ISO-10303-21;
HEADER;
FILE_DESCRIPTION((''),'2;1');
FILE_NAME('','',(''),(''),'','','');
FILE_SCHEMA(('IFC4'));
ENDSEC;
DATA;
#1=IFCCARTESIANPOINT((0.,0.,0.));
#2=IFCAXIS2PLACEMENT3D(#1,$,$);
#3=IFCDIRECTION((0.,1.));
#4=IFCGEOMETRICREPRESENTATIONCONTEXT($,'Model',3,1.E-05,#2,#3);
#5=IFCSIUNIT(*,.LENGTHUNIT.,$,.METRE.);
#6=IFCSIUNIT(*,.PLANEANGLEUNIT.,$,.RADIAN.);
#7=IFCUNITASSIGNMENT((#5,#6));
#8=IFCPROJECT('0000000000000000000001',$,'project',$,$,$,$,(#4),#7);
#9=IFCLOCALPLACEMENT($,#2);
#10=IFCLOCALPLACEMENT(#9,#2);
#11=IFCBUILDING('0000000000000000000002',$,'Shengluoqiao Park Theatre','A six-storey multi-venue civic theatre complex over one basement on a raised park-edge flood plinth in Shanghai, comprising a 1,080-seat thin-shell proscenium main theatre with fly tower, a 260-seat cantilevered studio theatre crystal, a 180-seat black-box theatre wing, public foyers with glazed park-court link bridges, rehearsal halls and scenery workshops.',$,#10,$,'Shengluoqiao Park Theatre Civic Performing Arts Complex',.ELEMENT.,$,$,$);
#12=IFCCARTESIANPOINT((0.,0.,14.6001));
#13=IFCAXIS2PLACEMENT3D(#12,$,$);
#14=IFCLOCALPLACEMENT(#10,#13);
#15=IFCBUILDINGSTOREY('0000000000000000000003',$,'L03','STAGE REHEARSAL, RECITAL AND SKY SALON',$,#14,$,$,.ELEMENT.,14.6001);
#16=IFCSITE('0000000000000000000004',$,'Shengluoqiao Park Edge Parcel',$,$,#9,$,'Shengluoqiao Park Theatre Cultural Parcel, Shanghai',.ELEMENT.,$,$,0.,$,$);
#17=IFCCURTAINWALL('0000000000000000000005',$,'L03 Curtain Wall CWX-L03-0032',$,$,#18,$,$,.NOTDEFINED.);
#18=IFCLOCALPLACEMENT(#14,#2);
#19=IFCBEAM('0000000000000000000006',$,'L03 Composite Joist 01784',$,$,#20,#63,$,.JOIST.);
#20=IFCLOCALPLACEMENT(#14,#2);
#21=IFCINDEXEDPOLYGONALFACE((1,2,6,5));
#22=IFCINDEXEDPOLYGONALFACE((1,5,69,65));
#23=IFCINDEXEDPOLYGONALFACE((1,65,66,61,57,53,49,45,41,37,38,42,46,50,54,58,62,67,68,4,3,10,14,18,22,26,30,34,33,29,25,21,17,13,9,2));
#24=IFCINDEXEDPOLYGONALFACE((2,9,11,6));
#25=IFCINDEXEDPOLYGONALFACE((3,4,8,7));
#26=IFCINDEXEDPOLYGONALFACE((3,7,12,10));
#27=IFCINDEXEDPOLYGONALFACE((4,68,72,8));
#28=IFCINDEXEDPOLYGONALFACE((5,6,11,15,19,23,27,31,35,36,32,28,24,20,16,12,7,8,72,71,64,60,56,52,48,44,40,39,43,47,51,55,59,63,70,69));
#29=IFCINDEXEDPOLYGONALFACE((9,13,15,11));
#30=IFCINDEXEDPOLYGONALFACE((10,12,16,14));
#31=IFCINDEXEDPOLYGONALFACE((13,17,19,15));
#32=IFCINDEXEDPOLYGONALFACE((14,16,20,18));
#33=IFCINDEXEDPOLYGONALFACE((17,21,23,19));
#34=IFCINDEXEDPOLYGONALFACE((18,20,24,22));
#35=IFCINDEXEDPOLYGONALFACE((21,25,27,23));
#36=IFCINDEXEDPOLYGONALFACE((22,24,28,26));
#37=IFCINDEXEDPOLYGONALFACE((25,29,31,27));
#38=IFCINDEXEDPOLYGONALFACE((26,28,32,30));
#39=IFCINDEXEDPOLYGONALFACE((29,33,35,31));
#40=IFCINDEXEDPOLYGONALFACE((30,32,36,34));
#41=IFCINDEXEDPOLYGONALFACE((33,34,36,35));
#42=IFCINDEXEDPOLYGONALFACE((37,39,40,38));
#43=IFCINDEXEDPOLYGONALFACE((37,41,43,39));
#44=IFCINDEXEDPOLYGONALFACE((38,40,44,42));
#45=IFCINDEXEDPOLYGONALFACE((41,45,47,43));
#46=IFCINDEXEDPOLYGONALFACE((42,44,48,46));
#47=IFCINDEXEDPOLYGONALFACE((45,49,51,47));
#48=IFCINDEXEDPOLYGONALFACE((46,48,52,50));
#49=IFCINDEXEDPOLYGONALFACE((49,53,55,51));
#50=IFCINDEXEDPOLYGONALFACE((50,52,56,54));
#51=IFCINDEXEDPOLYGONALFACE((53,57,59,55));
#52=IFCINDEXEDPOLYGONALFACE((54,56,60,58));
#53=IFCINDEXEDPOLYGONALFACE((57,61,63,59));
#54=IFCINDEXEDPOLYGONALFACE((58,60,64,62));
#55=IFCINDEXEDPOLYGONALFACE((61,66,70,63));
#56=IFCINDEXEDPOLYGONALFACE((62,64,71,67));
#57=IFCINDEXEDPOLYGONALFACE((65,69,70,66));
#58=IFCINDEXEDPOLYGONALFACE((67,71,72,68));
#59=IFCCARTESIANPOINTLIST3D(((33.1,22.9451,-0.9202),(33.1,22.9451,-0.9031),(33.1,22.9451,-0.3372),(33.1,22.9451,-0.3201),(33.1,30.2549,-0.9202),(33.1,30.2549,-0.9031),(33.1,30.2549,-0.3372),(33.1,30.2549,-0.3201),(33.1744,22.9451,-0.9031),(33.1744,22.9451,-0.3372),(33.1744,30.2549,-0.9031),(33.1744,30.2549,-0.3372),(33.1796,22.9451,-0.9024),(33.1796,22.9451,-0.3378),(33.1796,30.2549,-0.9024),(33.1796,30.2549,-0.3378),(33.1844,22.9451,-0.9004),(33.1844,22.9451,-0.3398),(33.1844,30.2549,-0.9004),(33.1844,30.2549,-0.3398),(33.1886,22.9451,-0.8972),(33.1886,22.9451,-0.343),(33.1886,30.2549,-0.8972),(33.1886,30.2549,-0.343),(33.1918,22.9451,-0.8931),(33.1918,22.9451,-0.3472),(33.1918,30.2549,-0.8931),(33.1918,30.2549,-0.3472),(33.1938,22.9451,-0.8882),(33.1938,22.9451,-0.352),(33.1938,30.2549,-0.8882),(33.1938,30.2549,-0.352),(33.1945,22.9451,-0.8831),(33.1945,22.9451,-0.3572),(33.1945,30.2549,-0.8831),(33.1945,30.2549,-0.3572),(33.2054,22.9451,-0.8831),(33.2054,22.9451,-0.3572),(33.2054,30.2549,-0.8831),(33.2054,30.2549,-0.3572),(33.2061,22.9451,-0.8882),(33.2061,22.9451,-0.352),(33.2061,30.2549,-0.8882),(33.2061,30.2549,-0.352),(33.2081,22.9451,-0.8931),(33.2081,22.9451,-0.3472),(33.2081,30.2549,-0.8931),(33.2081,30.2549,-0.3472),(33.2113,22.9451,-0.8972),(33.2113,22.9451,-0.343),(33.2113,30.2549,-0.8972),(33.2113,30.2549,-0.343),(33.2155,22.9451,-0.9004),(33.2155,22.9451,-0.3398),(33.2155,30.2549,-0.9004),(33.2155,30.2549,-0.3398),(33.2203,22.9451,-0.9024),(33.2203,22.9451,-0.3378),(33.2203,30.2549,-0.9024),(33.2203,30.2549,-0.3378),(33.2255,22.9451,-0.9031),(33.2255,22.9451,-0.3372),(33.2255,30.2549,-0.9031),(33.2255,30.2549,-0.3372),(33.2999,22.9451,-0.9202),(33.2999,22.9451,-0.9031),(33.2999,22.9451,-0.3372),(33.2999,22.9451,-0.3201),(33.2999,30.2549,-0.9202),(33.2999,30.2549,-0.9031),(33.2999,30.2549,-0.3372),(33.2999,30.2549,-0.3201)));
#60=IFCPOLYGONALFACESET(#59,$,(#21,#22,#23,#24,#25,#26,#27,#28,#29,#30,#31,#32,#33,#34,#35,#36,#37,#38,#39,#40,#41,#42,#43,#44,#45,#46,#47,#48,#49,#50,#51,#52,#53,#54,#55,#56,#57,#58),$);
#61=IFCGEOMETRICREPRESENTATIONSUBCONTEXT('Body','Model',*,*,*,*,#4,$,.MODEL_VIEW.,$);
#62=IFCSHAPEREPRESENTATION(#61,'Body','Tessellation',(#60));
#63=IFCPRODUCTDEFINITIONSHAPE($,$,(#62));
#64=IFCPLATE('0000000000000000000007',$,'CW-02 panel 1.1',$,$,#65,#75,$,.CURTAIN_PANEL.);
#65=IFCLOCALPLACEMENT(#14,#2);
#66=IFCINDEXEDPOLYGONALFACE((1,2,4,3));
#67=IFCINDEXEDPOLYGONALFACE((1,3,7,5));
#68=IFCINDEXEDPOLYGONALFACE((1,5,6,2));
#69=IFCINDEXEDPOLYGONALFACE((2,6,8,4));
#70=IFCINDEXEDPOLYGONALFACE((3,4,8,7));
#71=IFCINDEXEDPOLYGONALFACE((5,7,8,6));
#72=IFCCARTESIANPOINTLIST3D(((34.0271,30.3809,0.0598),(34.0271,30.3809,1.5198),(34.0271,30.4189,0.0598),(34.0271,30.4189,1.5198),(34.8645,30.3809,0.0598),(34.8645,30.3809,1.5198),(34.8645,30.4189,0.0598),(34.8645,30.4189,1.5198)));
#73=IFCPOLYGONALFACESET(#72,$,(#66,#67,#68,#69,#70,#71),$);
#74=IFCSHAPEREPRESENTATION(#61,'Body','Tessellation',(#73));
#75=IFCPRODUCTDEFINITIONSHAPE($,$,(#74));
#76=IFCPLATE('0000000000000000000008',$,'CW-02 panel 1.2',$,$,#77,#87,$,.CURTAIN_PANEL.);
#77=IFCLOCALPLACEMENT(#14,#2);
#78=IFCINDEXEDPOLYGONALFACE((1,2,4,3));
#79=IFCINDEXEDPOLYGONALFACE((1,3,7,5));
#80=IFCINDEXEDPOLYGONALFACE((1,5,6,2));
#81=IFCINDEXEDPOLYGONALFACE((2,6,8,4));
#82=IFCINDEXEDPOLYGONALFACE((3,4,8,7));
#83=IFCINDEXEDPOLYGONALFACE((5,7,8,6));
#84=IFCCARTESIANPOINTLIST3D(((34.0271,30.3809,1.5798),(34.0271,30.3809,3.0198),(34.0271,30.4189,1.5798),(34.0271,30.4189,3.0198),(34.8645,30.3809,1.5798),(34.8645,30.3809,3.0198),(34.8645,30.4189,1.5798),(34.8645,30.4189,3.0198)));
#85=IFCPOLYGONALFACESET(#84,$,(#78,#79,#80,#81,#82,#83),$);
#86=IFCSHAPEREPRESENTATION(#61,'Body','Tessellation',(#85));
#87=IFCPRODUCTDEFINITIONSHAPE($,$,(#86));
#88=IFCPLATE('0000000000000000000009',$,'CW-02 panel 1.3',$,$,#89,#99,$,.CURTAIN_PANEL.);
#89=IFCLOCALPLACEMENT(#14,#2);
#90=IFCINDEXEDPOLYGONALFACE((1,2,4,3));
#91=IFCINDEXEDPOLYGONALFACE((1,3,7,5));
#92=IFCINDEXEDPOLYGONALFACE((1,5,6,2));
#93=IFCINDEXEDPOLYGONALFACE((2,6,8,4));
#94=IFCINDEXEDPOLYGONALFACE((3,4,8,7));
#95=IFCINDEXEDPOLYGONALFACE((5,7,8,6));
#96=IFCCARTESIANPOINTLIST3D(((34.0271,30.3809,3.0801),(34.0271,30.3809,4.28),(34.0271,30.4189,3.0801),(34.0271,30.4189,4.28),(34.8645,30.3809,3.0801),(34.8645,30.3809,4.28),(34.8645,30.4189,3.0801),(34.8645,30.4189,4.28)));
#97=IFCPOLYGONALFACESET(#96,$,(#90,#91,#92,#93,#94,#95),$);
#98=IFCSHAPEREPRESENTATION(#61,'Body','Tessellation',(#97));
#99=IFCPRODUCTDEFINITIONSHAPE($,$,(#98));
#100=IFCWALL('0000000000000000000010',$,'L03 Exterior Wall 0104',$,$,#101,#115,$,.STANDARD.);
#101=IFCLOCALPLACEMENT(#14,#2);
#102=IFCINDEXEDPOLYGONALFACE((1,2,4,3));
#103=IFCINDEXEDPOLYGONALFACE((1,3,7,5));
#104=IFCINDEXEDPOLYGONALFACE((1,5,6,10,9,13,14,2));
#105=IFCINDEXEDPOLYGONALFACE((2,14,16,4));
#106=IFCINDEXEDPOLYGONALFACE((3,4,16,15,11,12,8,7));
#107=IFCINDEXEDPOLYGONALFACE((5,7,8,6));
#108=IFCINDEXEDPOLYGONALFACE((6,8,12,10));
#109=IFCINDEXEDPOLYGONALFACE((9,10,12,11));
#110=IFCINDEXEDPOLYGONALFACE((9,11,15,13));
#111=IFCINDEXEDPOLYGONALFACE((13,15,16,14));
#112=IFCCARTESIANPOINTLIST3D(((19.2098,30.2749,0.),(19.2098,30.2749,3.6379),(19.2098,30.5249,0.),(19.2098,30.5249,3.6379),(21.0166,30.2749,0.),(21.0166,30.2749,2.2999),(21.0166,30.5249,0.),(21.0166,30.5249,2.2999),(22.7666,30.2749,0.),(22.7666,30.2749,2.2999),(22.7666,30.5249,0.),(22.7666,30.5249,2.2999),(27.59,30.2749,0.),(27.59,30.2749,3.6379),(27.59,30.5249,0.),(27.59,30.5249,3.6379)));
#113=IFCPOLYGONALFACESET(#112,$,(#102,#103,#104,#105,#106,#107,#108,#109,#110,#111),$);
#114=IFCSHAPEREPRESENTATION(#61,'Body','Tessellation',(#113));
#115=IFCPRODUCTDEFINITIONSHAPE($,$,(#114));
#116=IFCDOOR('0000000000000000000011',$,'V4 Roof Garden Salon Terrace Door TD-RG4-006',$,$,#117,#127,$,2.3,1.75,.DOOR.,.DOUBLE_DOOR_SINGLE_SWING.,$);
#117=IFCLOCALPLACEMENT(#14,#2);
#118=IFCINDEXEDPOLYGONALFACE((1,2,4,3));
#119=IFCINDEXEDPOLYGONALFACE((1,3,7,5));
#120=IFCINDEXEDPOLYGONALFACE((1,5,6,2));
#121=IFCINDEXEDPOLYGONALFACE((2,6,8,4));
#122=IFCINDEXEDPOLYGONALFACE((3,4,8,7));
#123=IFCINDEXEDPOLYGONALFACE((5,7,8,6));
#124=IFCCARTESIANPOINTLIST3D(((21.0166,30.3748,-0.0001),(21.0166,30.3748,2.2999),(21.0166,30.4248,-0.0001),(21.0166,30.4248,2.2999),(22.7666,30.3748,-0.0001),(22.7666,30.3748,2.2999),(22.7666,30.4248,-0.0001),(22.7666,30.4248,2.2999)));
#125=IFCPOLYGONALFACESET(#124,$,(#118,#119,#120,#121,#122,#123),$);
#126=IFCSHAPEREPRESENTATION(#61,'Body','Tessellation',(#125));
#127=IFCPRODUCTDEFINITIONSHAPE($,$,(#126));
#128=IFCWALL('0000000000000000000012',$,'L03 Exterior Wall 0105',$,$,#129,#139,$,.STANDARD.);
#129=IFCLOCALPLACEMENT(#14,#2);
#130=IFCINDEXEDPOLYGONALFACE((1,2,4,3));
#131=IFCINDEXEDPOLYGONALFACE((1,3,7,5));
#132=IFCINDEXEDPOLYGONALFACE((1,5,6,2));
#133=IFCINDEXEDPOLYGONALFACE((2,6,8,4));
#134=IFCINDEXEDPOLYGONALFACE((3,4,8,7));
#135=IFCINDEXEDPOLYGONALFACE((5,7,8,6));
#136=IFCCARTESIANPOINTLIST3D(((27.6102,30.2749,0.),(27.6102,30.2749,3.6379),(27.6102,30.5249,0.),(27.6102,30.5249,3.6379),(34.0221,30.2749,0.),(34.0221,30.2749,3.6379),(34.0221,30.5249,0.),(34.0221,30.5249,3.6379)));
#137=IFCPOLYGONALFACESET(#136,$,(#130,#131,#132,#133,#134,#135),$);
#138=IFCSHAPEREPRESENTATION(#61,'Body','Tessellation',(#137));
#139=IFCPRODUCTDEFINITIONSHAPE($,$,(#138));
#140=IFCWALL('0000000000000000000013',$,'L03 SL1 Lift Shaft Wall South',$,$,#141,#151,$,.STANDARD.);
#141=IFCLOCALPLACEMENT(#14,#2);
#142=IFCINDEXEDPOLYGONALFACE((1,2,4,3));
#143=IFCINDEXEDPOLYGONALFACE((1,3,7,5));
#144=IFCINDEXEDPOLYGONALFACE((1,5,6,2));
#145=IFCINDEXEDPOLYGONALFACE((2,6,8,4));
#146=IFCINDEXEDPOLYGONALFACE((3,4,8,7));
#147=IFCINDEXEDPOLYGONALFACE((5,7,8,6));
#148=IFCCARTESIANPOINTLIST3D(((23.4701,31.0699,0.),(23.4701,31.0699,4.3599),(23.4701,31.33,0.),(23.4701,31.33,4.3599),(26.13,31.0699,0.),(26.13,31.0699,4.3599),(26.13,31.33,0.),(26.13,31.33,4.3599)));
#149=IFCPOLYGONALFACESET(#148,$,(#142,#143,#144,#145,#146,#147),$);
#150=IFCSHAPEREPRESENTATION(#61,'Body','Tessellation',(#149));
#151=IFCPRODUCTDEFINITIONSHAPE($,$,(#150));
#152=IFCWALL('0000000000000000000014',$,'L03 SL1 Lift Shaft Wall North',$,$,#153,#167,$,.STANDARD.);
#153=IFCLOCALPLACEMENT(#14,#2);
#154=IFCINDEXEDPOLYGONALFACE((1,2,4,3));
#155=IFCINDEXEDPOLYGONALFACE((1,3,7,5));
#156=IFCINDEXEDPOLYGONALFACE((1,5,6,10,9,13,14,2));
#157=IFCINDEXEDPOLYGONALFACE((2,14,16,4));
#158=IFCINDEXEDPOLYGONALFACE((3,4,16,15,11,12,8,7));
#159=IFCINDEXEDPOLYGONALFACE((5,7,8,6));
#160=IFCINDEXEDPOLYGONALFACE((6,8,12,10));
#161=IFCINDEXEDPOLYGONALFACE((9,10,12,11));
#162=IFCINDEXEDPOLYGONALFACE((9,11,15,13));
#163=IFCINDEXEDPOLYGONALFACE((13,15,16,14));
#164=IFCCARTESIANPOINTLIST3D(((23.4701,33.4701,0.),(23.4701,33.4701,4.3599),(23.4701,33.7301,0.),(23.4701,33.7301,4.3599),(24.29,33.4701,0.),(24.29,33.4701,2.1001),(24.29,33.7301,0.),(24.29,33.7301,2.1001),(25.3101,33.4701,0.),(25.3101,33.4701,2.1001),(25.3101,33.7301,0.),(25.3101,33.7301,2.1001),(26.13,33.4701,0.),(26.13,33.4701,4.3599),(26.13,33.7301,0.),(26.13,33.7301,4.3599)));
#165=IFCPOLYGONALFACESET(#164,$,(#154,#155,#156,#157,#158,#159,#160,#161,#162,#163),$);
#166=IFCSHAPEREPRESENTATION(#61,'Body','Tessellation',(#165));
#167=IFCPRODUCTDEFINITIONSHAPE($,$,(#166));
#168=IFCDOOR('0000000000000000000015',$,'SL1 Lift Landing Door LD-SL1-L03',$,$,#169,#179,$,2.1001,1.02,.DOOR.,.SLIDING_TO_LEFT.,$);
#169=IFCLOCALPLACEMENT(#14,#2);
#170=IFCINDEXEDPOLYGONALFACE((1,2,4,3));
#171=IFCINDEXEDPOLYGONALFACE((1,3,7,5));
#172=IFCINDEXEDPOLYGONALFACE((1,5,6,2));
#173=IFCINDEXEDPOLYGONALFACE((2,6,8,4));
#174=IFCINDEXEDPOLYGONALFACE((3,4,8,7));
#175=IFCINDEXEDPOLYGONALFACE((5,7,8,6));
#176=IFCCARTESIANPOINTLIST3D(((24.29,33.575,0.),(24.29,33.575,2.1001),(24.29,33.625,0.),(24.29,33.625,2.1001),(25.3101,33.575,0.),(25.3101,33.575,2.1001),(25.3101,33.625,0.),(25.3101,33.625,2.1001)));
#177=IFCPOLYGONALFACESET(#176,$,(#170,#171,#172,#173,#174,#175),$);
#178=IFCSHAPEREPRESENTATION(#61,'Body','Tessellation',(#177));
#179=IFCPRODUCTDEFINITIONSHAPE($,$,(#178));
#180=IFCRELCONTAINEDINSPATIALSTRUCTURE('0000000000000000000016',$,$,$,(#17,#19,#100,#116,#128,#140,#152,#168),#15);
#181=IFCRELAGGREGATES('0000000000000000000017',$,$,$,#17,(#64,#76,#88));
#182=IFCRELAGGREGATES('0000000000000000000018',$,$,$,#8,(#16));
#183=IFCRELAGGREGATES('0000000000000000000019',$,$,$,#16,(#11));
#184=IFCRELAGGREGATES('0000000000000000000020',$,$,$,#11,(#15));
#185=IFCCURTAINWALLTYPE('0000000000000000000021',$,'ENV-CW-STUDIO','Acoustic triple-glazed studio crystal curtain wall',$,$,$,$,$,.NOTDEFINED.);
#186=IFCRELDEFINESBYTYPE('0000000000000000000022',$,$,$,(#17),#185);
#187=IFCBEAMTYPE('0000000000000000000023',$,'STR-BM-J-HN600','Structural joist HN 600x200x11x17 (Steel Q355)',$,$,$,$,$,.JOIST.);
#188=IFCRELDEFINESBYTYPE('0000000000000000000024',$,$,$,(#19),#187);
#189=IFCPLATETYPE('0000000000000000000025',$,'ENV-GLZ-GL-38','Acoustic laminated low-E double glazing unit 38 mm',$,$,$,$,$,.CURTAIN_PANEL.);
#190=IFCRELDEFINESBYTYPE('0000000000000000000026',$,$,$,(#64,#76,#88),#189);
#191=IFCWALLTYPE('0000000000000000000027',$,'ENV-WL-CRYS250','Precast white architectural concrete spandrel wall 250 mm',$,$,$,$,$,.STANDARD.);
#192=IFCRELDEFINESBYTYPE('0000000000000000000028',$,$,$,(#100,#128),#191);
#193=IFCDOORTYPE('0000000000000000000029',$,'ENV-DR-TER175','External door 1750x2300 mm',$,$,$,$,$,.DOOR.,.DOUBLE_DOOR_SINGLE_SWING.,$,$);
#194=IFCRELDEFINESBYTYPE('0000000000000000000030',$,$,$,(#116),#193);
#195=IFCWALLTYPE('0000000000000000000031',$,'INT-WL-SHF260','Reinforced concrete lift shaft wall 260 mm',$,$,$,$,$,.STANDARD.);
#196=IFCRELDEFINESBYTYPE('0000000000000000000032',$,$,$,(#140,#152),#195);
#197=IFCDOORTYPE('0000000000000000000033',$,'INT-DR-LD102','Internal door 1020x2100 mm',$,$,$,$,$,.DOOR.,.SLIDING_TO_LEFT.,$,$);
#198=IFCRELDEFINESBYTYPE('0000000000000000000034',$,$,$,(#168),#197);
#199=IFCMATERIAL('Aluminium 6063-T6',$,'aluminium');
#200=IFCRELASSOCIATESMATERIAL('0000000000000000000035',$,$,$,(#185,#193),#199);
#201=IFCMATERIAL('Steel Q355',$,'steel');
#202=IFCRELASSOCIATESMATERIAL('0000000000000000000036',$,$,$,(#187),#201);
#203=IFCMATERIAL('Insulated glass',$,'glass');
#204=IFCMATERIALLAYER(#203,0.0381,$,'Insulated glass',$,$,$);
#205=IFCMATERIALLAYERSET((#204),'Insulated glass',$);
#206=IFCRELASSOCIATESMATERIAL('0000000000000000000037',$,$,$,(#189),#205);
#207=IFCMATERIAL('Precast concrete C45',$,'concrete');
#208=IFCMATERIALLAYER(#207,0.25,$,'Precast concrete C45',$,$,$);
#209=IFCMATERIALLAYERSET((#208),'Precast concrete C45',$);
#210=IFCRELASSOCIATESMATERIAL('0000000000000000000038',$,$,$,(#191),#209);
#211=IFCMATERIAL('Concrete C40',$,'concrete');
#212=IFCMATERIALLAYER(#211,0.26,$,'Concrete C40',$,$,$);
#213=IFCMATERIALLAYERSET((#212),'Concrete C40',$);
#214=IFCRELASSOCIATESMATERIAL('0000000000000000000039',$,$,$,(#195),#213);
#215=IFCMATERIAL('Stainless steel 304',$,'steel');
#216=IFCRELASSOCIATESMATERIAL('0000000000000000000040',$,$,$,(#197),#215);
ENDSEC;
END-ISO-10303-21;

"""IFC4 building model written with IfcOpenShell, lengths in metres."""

from ifc_helpers import new_model, si_unit, direction, frame, frame_2d, origin, origin_2d, place, context, subcontext, project, spatial, rectangle, i_section, extrude, material, layer, layer_set, material_profile, profile_set, type_object, element, fill, aggregate, save


model = new_model("IFC4")

# Units and contexts
model_context = context("Model", 3, precision=1e-05, world=origin(), true_north=direction((0.0, 1.0)))
body_context = subcontext(model_context, "Body", "Model", "MODEL_VIEW")
ifc_project = project(units=[si_unit("LENGTHUNIT", "METRE"), si_unit("PLANEANGLEUNIT", "RADIAN")], contexts=[model_context])

# Site, building, storey
site_placement = place(None, origin())
site = spatial("IfcSite", under=ifc_project, at=site_placement, Name="Shengluoqiao Park Edge Parcel", LongName="Shengluoqiao Park Theatre Cultural Parcel, Shanghai", CompositionType="ELEMENT", RefElevation=0.0)
building_placement = place(site_placement, origin())
building = spatial("IfcBuilding", under=site, at=building_placement, Name="Shengluoqiao Park Theatre", Description="A six-storey multi-venue civic theatre complex over one basement on a raised park-edge flood plinth in Shanghai, comprising a 1,080-seat thin-shell proscenium main theatre with fly tower, a 260-seat cantilevered studio theatre crystal, a 180-seat black-box theatre wing, public foyers with glazed park-court link bridges, rehearsal halls and scenery workshops.", LongName="Shengluoqiao Park Theatre Civic Performing Arts Complex", CompositionType="ELEMENT")
storey_placement = place(building_placement, frame((0.0, 0.0, 14.6001)))
storey = spatial("IfcBuildingStorey", under=building, at=storey_placement, Name="L03", Description="STAGE REHEARSAL, RECITAL AND SKY SALON", CompositionType="ELEMENT", Elevation=14.6001)

# Shared definitions
ifc_material_1 = material(Name="Steel Q355", Category="steel")

# Curtain wall
ifc_material_2 = material(Name="Aluminium 6063-T6", Category="aluminium")
curtain_wall_type = type_object("IfcCurtainWallType", Name="ENV-CW-STUDIO", Description="Acoustic triple-glazed studio crystal curtain wall", PredefinedType="NOTDEFINED", material=ifc_material_2)
curtain_wall_placement = place(storey_placement, origin())
curtain_wall = element("IfcCurtainWall", 1, at=curtain_wall_placement, inside=storey, type_object=curtain_wall_type, Name="L03 Curtain Wall CWX-L03-0032", PredefinedType="NOTDEFINED")

# Beam
ifc_material_profile_1 = material_profile(ifc_material_1, i_section(OverallWidth=0.2, OverallDepth=0.6001, WebThickness=0.011, FlangeThickness=0.0171, FilletRadius=0.02, at=origin_2d()), Name="HN 600x200x11x17")
ifc_profile_set_1 = profile_set([ifc_material_profile_1], Name="Steel Q355")
beam_type_1 = type_object("IfcBeamType", Name="STR-BM-J-HN600", Description="Structural joist HN 600x200x11x17 (Steel Q355)", PredefinedType="JOIST", material=ifc_profile_set_1)
for number, where, z_axis, x_axis, name in (
    (2, (33.2, 22.9451, -0.6201), (0.0, 1.0, 0.0), (-1.0, 0.0, 0.0), "L03 Composite Joist 01784"),
):
    element("IfcBeam", number, at=place(storey_placement, frame(where, z_axis=z_axis, x_axis=x_axis)), inside=storey, type_object=beam_type_1, Name=name, PredefinedType="JOIST", context=body_context, shape_type="SweptSolid", body=[
        extrude(i_section(OverallWidth=0.2, OverallDepth=0.6001, WebThickness=0.011, FlangeThickness=0.0171, FilletRadius=0.02, at=origin_2d()), origin(), (0.0, 0.0, 1.0), 7.3098),
    ])

# Plates
ifc_material_3 = material(Name="Insulated glass", Category="glass")
ifc_layer_1 = layer(ifc_material_3, 0.0381, Name="Insulated glass")
ifc_layer_set_1 = layer_set([ifc_layer_1], Name="Insulated glass")
plate_type = type_object("IfcPlateType", Name="ENV-GLZ-GL-38", Description="Acoustic laminated low-E double glazing unit 38 mm", PredefinedType="CURTAIN_PANEL", material=ifc_layer_set_1)
plate_1_placement = place(storey_placement, frame((34.4458, 30.3999, 0.0598), z_axis=(0.0, 0.0, 1.0), x_axis=(1.0, 0.0, 0.0)))
plate_1 = element("IfcPlate", 3, at=plate_1_placement, type_object=plate_type, Name="CW-02 panel 1.1", PredefinedType="CURTAIN_PANEL", context=body_context, shape_type="SweptSolid", body=[
    extrude(rectangle(XDim=0.8374, YDim=0.0381, at=origin_2d()), origin(), (0.0, 0.0, 1.0), 1.46),
])
plate_2_placement = place(storey_placement, frame((34.4458, 30.3999, 1.5798), z_axis=(0.0, 0.0, 1.0), x_axis=(1.0, 0.0, 0.0)))
plate_2 = element("IfcPlate", 4, at=plate_2_placement, type_object=plate_type, Name="CW-02 panel 1.2", PredefinedType="CURTAIN_PANEL", context=body_context, shape_type="SweptSolid", body=[
    extrude(rectangle(XDim=0.8374, YDim=0.0381, at=origin_2d()), origin(), (0.0, 0.0, 1.0), 1.4399),
])
plate_3_placement = place(storey_placement, frame((34.4458, 30.3999, 3.0801), z_axis=(0.0, 0.0, 1.0), x_axis=(1.0, 0.0, 0.0)))
plate_3 = element("IfcPlate", 5, at=plate_3_placement, type_object=plate_type, Name="CW-02 panel 1.3", PredefinedType="CURTAIN_PANEL", context=body_context, shape_type="SweptSolid", body=[
    extrude(rectangle(XDim=0.8374, YDim=0.0381, at=origin_2d()), origin(), (0.0, 0.0, 1.0), 1.2),
])
aggregate(curtain_wall, [plate_1, plate_2, plate_3])

# Wall, opening, door
ifc_material_4 = material(Name="Precast concrete C45", Category="concrete")
ifc_layer_2 = layer(ifc_material_4, 0.25, Name="Precast concrete C45")
ifc_layer_set_2 = layer_set([ifc_layer_2], Name="Precast concrete C45")
wall_type_1 = type_object("IfcWallType", Name="ENV-WL-CRYS250", Description="Precast white architectural concrete spandrel wall 250 mm", PredefinedType="STANDARD", material=ifc_layer_set_2)
wall_1_placement = place(storey_placement, frame((19.21, 30.3999, 0.0), z_axis=(0.0, 0.0, 1.0), x_axis=(1.0, 0.0, 0.0)))
wall_1 = element("IfcWall", 6, at=wall_1_placement, inside=storey, type_object=wall_type_1, Name="L03 Exterior Wall 0104", PredefinedType="STANDARD", context=body_context, shape_type="SweptSolid", body=[
    extrude(rectangle(XDim=8.3801, YDim=0.25, at=frame_2d((4.1899, 0.0))), origin(), (0.0, 0.0, 1.0), 3.6379),
])
opening_1_placement = place(wall_1_placement, frame((1.8066, 0.0, 0.0)))
opening_1 = element("IfcOpeningElement", 7, at=opening_1_placement, cuts=wall_1, PredefinedType="OPENING", context=body_context, shape_type="SweptSolid", body=[
    extrude(rectangle(XDim=1.75, YDim=2.3, at=frame_2d((0.875, 1.1499))), frame((0.0, 0.135, 0.0), z_axis=(0.0, -1.0, 0.0), x_axis=(1.0, 0.0, 0.0)), (0.0, 0.0, 1.0), 0.27),
])
door_type_1 = type_object("IfcDoorType", Name="ENV-DR-TER175", Description="External door 1750x2300 mm", OperationType="DOUBLE_DOOR_SINGLE_SWING", PredefinedType="DOOR", material=ifc_material_2)
door_1_placement = place(opening_1_placement, origin())
door_1 = element("IfcDoor", 8, at=door_1_placement, inside=storey, type_object=door_type_1, Name="V4 Roof Garden Salon Terrace Door TD-RG4-006", OperationType="DOUBLE_DOOR_SINGLE_SWING", OverallHeight=2.3, OverallWidth=1.75, PredefinedType="DOOR", context=body_context, shape_type="SweptSolid", body=[
    extrude(rectangle(XDim=1.75, YDim=2.3, at=frame_2d((0.875, 1.1499))), frame((0.0, 0.0249, 0.0), z_axis=(0.0, -1.0, 0.0), x_axis=(1.0, 0.0, 0.0)), (0.0, 0.0, 1.0), 0.05),
])
fill(opening_1, door_1)

# Walls
wall_2_placement = place(storey_placement, frame((27.6101, 30.3999, 0.0), z_axis=(0.0, 0.0, 1.0), x_axis=(1.0, 0.0, 0.0)))
element("IfcWall", 9, at=wall_2_placement, inside=storey, type_object=wall_type_1, Name="L03 Exterior Wall 0105", PredefinedType="STANDARD", context=body_context, shape_type="SweptSolid", body=[
    extrude(rectangle(XDim=6.4119, YDim=0.25, at=frame_2d((3.2061, 0.0))), origin(), (0.0, 0.0, 1.0), 3.6379),
])
ifc_material_5 = material(Name="Concrete C40", Category="concrete")
ifc_layer_3 = layer(ifc_material_5, 0.26, Name="Concrete C40")
ifc_layer_set_3 = layer_set([ifc_layer_3], Name="Concrete C40")
wall_type_2 = type_object("IfcWallType", Name="INT-WL-SHF260", Description="Reinforced concrete lift shaft wall 260 mm", PredefinedType="STANDARD", material=ifc_layer_set_3)
wall_3_placement = place(storey_placement, frame((23.47, 31.2, 0.0), z_axis=(0.0, 0.0, 1.0), x_axis=(1.0, 0.0, 0.0)))
element("IfcWall", 10, at=wall_3_placement, inside=storey, type_object=wall_type_2, Name="L03 SL1 Lift Shaft Wall South", PredefinedType="STANDARD", context=body_context, shape_type="SweptSolid", body=[
    extrude(rectangle(XDim=2.6599, YDim=0.26, at=frame_2d((1.3301, 0.0))), origin(), (0.0, 0.0, 1.0), 4.3599),
])

# Wall, opening, door
wall_4_placement = place(storey_placement, frame((23.47, 33.6001, 0.0), z_axis=(0.0, 0.0, 1.0), x_axis=(1.0, 0.0, 0.0)))
wall_4 = element("IfcWall", 11, at=wall_4_placement, inside=storey, type_object=wall_type_2, Name="L03 SL1 Lift Shaft Wall North", PredefinedType="STANDARD", context=body_context, shape_type="SweptSolid", body=[
    extrude(rectangle(XDim=2.6599, YDim=0.26, at=frame_2d((1.3301, 0.0))), origin(), (0.0, 0.0, 1.0), 4.3599),
])
opening_2_placement = place(wall_4_placement, frame((0.8201, 0.0, 0.0)))
opening_2 = element("IfcOpeningElement", 12, at=opening_2_placement, cuts=wall_4, PredefinedType="OPENING", context=body_context, shape_type="SweptSolid", body=[
    extrude(rectangle(XDim=1.02, YDim=2.1001, at=frame_2d((0.51, 1.05))), frame((0.0, 0.1399, 0.0), z_axis=(0.0, -1.0, 0.0), x_axis=(1.0, 0.0, 0.0)), (0.0, 0.0, 1.0), 0.28),
])
ifc_material_6 = material(Name="Stainless steel 304", Category="steel")
door_type_2 = type_object("IfcDoorType", Name="INT-DR-LD102", Description="Internal door 1020x2100 mm", OperationType="SLIDING_TO_LEFT", PredefinedType="DOOR", material=ifc_material_6)
door_2_placement = place(opening_2_placement, origin())
door_2 = element("IfcDoor", 13, at=door_2_placement, inside=storey, type_object=door_type_2, Name="SL1 Lift Landing Door LD-SL1-L03", OperationType="SLIDING_TO_LEFT", OverallHeight=2.1001, OverallWidth=1.02, PredefinedType="DOOR", context=body_context, shape_type="SweptSolid", body=[
    extrude(rectangle(XDim=1.02, YDim=2.1001, at=frame_2d((0.51, 1.05))), frame((0.0, 0.0249, 0.0), z_axis=(0.0, -1.0, 0.0), x_axis=(1.0, 0.0, 0.0)), (0.0, 0.0, 1.0), 0.05),
])
fill(opening_2, door_2)

save(model, "model.ifc")
